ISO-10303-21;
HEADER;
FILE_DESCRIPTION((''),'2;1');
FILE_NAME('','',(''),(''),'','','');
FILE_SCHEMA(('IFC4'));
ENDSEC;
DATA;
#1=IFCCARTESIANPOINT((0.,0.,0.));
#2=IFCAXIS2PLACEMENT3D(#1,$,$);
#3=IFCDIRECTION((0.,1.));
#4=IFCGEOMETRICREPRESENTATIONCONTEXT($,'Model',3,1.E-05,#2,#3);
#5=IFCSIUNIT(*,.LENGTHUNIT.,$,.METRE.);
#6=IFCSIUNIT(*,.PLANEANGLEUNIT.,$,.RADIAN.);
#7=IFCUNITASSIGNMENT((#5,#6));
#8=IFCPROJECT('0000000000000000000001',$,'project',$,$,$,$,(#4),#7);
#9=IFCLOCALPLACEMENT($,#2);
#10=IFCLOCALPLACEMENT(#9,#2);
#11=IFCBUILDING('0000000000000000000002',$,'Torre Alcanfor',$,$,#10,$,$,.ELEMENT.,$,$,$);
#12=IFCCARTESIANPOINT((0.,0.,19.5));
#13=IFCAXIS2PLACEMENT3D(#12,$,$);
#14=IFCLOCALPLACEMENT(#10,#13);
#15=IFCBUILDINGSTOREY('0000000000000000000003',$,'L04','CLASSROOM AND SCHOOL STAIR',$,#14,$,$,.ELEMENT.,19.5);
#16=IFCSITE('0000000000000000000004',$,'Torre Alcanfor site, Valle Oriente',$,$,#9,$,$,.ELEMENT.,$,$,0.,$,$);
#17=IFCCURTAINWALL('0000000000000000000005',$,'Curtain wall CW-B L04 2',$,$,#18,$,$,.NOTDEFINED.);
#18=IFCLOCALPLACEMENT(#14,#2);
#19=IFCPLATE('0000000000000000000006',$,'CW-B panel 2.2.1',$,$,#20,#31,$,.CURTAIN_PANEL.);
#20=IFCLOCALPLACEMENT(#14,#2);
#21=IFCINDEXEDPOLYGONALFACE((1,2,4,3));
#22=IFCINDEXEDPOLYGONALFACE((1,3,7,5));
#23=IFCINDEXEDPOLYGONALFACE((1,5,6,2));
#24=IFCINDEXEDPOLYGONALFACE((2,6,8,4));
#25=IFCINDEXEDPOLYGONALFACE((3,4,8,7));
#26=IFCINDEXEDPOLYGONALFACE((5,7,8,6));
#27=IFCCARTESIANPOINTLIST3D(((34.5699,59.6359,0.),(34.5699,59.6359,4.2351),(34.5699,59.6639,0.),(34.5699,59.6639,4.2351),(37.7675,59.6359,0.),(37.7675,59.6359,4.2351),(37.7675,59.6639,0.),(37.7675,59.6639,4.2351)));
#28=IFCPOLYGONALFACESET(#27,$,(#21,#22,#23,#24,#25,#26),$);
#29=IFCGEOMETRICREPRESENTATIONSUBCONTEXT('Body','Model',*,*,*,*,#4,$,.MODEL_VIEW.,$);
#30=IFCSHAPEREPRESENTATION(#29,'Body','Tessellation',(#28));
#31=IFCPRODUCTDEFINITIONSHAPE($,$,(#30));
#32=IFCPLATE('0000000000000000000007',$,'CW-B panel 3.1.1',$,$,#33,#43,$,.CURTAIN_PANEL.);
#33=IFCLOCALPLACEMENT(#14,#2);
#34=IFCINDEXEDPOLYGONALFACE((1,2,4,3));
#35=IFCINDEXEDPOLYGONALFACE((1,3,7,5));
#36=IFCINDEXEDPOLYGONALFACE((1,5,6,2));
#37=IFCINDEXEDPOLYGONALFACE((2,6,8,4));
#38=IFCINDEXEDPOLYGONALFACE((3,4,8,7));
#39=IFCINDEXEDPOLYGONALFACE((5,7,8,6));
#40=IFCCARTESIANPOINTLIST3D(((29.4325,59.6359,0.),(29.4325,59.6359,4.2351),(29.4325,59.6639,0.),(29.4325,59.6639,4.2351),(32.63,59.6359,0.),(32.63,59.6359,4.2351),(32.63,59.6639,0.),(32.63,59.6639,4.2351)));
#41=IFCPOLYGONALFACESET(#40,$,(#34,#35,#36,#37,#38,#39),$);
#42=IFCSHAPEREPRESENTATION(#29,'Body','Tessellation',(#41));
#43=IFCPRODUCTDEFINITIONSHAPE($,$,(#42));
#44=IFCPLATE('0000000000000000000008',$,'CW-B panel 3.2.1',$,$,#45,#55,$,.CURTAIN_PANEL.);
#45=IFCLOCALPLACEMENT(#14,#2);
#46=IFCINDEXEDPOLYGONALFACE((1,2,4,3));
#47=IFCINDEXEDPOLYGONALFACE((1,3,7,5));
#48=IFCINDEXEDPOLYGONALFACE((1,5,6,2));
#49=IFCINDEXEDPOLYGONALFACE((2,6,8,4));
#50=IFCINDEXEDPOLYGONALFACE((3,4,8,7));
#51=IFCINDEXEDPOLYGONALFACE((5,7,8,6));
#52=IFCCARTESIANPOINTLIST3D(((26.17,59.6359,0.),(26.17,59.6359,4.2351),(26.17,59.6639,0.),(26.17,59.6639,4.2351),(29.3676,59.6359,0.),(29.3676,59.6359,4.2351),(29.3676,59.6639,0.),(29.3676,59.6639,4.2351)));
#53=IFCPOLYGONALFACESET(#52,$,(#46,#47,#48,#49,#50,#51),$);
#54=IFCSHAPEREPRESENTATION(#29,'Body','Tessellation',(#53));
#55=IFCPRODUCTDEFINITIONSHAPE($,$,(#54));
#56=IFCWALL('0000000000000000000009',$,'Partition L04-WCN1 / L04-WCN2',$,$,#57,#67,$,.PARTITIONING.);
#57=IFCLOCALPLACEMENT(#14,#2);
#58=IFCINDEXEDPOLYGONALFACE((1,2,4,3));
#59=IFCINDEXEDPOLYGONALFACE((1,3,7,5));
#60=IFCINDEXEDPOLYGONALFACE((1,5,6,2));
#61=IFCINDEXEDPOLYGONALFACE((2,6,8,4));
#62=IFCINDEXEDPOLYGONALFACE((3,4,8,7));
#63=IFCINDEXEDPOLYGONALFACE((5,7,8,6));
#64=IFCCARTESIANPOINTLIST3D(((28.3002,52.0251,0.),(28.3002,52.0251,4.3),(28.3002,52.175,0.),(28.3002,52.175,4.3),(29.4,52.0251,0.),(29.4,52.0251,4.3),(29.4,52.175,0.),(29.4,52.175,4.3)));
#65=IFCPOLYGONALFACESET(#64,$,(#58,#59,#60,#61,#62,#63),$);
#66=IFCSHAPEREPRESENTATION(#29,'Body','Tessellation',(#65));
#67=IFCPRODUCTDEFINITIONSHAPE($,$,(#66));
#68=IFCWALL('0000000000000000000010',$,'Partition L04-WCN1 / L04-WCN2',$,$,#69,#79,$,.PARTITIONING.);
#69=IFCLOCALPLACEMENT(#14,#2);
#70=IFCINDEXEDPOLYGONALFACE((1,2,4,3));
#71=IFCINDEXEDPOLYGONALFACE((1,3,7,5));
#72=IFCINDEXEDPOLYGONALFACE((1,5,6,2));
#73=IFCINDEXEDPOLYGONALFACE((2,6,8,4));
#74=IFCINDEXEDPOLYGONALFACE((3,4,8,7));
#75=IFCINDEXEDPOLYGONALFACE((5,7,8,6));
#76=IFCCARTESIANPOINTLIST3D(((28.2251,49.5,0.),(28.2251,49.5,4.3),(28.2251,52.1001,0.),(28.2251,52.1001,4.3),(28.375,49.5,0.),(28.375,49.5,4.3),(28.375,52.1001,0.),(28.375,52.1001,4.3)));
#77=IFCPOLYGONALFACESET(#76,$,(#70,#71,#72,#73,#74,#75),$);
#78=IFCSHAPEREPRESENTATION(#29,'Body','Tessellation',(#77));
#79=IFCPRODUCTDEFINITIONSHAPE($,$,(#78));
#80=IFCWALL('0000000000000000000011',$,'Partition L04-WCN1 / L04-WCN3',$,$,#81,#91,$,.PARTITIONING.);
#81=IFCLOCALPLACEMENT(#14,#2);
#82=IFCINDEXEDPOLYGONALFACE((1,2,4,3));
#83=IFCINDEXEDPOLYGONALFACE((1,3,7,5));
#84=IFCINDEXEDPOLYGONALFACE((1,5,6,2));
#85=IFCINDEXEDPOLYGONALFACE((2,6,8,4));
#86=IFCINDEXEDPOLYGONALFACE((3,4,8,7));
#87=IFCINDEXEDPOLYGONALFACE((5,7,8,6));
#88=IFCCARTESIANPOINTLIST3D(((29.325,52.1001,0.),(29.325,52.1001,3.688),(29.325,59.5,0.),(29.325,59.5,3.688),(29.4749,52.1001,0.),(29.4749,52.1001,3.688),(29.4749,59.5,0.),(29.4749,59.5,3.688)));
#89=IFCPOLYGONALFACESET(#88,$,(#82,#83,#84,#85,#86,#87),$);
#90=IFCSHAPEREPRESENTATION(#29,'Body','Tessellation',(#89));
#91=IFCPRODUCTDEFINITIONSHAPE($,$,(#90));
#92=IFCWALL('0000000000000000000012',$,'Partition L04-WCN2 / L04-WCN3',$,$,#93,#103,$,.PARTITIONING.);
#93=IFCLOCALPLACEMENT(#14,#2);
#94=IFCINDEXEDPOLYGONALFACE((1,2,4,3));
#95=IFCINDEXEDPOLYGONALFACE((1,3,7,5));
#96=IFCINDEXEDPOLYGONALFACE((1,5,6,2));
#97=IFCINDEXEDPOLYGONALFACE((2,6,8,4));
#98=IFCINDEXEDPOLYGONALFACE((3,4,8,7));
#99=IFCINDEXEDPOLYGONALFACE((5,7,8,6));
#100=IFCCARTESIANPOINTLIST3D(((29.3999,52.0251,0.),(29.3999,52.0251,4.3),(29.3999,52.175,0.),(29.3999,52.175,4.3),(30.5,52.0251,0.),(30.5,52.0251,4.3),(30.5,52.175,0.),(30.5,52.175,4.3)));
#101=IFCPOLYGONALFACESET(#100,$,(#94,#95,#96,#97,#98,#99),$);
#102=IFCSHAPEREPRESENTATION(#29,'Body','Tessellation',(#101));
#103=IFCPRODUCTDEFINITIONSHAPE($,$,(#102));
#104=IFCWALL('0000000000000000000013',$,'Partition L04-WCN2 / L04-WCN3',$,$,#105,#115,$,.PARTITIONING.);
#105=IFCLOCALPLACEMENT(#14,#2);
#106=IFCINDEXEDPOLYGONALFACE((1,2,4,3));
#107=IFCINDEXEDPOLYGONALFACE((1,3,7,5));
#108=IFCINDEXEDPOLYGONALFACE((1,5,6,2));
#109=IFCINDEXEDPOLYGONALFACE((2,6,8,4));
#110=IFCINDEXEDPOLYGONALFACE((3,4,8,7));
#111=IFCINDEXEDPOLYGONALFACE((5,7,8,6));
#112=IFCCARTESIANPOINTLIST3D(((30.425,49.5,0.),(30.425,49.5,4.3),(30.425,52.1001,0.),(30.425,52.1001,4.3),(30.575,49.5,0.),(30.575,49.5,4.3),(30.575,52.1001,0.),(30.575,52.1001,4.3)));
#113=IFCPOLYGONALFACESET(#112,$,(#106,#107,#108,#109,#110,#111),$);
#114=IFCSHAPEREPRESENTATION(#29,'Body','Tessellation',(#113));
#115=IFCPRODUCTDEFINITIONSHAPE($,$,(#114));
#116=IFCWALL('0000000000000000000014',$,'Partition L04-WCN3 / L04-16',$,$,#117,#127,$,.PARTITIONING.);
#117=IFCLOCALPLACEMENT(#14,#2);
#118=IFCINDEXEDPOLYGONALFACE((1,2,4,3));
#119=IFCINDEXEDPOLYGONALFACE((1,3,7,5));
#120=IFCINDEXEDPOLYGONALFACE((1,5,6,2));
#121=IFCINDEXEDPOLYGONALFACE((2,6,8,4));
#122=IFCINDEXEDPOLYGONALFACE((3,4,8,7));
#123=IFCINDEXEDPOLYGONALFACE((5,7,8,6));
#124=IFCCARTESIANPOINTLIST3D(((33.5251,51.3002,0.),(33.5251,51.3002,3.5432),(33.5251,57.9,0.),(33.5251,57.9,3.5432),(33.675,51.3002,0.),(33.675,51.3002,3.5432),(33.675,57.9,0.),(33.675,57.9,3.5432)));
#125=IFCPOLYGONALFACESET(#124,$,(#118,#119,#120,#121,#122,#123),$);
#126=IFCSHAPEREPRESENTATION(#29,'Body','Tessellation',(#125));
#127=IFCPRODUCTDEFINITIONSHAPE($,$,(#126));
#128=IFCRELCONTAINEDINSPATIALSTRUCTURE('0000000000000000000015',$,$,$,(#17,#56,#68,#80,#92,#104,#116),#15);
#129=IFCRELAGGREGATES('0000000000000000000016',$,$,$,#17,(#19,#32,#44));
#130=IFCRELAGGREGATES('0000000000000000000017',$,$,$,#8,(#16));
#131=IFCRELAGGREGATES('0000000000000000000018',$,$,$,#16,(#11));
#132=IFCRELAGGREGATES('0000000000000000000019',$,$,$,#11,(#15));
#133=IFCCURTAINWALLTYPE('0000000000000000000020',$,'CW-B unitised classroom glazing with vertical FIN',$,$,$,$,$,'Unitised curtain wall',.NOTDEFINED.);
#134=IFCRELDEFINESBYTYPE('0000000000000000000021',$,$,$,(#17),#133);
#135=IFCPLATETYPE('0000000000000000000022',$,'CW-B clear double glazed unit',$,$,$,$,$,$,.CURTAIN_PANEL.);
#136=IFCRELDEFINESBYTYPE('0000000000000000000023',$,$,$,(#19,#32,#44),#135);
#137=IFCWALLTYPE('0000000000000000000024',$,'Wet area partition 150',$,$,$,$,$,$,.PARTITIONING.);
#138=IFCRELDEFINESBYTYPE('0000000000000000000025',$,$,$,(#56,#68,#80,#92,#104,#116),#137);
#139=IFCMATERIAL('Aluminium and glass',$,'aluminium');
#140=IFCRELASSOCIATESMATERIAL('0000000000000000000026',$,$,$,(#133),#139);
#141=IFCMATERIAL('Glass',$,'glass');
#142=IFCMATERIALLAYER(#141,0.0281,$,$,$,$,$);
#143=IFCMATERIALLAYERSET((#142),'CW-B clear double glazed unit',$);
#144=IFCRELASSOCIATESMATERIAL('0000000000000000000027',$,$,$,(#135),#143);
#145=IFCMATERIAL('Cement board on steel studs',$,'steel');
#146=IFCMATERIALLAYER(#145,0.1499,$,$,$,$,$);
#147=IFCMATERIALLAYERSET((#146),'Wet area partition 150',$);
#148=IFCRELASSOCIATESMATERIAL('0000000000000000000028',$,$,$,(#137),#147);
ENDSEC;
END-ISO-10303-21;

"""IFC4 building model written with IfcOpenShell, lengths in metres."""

from ifc_helpers import new_model, si_unit, direction, frame, frame_2d, origin, origin_2d, place, context, subcontext, project, spatial, rectangle, extrude, material, layer, layer_set, type_object, element, aggregate, save


model = new_model("IFC4")

# Units and contexts
model_context = context("Model", 3, precision=1e-05, world=origin(), true_north=direction((0.0, 1.0)))
body_context = subcontext(model_context, "Body", "Model", "MODEL_VIEW")
ifc_project = project(units=[si_unit("LENGTHUNIT", "METRE"), si_unit("PLANEANGLEUNIT", "RADIAN")], contexts=[model_context])

# Site, building, storey
site_placement = place(None, origin())
site = spatial("IfcSite", under=ifc_project, at=site_placement, Name="Torre Alcanfor site, Valle Oriente", CompositionType="ELEMENT", RefElevation=0.0)
building_placement = place(site_placement, origin())
building = spatial("IfcBuilding", under=site, at=building_placement, Name="Torre Alcanfor", CompositionType="ELEMENT")
storey_placement = place(building_placement, frame((0.0, 0.0, 19.5)))
storey = spatial("IfcBuildingStorey", under=building, at=storey_placement, Name="L04", Description="CLASSROOM AND SCHOOL STAIR", CompositionType="ELEMENT", Elevation=19.5)

# Curtain wall
ifc_material_1 = material(Name="Aluminium and glass", Category="aluminium")
curtain_wall_type = type_object("IfcCurtainWallType", Name="CW-B unitised classroom glazing with vertical FIN", ElementType="Unitised curtain wall", PredefinedType="NOTDEFINED", material=ifc_material_1)
curtain_wall_placement = place(storey_placement, origin())
curtain_wall = element("IfcCurtainWall", 1, at=curtain_wall_placement, inside=storey, type_object=curtain_wall_type, Name="Curtain wall CW-B L04 2", PredefinedType="NOTDEFINED")

# Plates
ifc_material_2 = material(Name="Glass", Category="glass")
ifc_layer_1 = layer(ifc_material_2, 0.0281)
ifc_layer_set_1 = layer_set([ifc_layer_1], Name="CW-B clear double glazed unit")
plate_type = type_object("IfcPlateType", Name="CW-B clear double glazed unit", PredefinedType="CURTAIN_PANEL", material=ifc_layer_set_1)
plate_1_placement = place(storey_placement, frame((36.1687, 59.6499, 0.0), z_axis=(0.0, 0.0, 1.0), x_axis=(-1.0, 0.0, 0.0)))
plate_1 = element("IfcPlate", 2, at=plate_1_placement, type_object=plate_type, Name="CW-B panel 2.2.1", PredefinedType="CURTAIN_PANEL", context=body_context, shape_type="SweptSolid", body=[
    extrude(rectangle(XDim=3.1975, YDim=0.0281, at=origin_2d()), origin(), (0.0, 0.0, 1.0), 4.2351),
])
plate_2_placement = place(storey_placement, frame((31.0312, 59.6499, 0.0), z_axis=(0.0, 0.0, 1.0), x_axis=(-1.0, 0.0, 0.0)))
plate_2 = element("IfcPlate", 3, at=plate_2_placement, type_object=plate_type, Name="CW-B panel 3.1.1", PredefinedType="CURTAIN_PANEL", context=body_context, shape_type="SweptSolid", body=[
    extrude(rectangle(XDim=3.1975, YDim=0.0281, at=origin_2d()), origin(), (0.0, 0.0, 1.0), 4.2351),
])
plate_3_placement = place(storey_placement, frame((27.7688, 59.6499, 0.0), z_axis=(0.0, 0.0, 1.0), x_axis=(-1.0, 0.0, 0.0)))
plate_3 = element("IfcPlate", 4, at=plate_3_placement, type_object=plate_type, Name="CW-B panel 3.2.1", PredefinedType="CURTAIN_PANEL", context=body_context, shape_type="SweptSolid", body=[
    extrude(rectangle(XDim=3.1975, YDim=0.0281, at=origin_2d()), origin(), (0.0, 0.0, 1.0), 4.2351),
])
aggregate(curtain_wall, [plate_1, plate_2, plate_3])

# Walls
ifc_material_3 = material(Name="Cement board on steel studs", Category="steel")
ifc_layer_2 = layer(ifc_material_3, 0.1499)
ifc_layer_set_2 = layer_set([ifc_layer_2], Name="Wet area partition 150")
wall_type = type_object("IfcWallType", Name="Wet area partition 150", PredefinedType="PARTITIONING", material=ifc_layer_set_2)
wall_1_placement = place(storey_placement, frame((29.3999, 52.1001, 0.0), z_axis=(0.0, 0.0, 1.0), x_axis=(-1.0, 0.0, 0.0)))
element("IfcWall", 5, at=wall_1_placement, inside=storey, type_object=wall_type, Name="Partition L04-WCN1 / L04-WCN2", PredefinedType="PARTITIONING", context=body_context, shape_type="SweptSolid", body=[
    extrude(rectangle(XDim=1.0999, YDim=0.1499, at=frame_2d((0.5498, 0.0))), origin(), (0.0, 0.0, 1.0), 4.3),
])
wall_2_placement = place(storey_placement, frame((28.3, 52.1001, 0.0), z_axis=(0.0, 0.0, 1.0), x_axis=(0.0, -1.0, 0.0)))
element("IfcWall", 6, at=wall_2_placement, inside=storey, type_object=wall_type, Name="Partition L04-WCN1 / L04-WCN2", PredefinedType="PARTITIONING", context=body_context, shape_type="SweptSolid", body=[
    extrude(rectangle(XDim=2.6001, YDim=0.1499, at=frame_2d((1.3, 0.0))), origin(), (0.0, 0.0, 1.0), 4.3),
])
wall_3_placement = place(storey_placement, frame((29.3999, 59.5, 0.0), z_axis=(0.0, 0.0, 1.0), x_axis=(0.0, -1.0, 0.0)))
element("IfcWall", 7, at=wall_3_placement, inside=storey, type_object=wall_type, Name="Partition L04-WCN1 / L04-WCN3", PredefinedType="PARTITIONING", context=body_context, shape_type="SweptSolid", body=[
    extrude(rectangle(XDim=7.3999, YDim=0.1499, at=frame_2d((3.7, 0.0))), origin(), (0.0, 0.0, 1.0), 3.688),
])
wall_4_placement = place(storey_placement, frame((29.3999, 52.1001, 0.0), z_axis=(0.0, 0.0, 1.0), x_axis=(1.0, 0.0, 0.0)))
element("IfcWall", 8, at=wall_4_placement, inside=storey, type_object=wall_type, Name="Partition L04-WCN2 / L04-WCN3", PredefinedType="PARTITIONING", context=body_context, shape_type="SweptSolid", body=[
    extrude(rectangle(XDim=1.1001, YDim=0.1499, at=frame_2d((0.55, 0.0))), origin(), (0.0, 0.0, 1.0), 4.3),
])
wall_5_placement = place(storey_placement, frame((30.5, 52.1001, 0.0), z_axis=(0.0, 0.0, 1.0), x_axis=(0.0, -1.0, 0.0)))
element("IfcWall", 9, at=wall_5_placement, inside=storey, type_object=wall_type, Name="Partition L04-WCN2 / L04-WCN3", PredefinedType="PARTITIONING", context=body_context, shape_type="SweptSolid", body=[
    extrude(rectangle(XDim=2.6001, YDim=0.1499, at=frame_2d((1.3, 0.0))), origin(), (0.0, 0.0, 1.0), 4.3),
])
wall_6_placement = place(storey_placement, frame((33.6001, 57.8999, 0.0), z_axis=(0.0, 0.0, 1.0), x_axis=(0.0, -1.0, 0.0)))
element("IfcWall", 10, at=wall_6_placement, inside=storey, type_object=wall_type, Name="Partition L04-WCN3 / L04-16", PredefinedType="PARTITIONING", context=body_context, shape_type="SweptSolid", body=[
    extrude(rectangle(XDim=6.5999, YDim=0.1499, at=frame_2d((3.2998, 0.0))), origin(), (0.0, 0.0, 1.0), 3.5432),
])

save(model, "model.ifc")
